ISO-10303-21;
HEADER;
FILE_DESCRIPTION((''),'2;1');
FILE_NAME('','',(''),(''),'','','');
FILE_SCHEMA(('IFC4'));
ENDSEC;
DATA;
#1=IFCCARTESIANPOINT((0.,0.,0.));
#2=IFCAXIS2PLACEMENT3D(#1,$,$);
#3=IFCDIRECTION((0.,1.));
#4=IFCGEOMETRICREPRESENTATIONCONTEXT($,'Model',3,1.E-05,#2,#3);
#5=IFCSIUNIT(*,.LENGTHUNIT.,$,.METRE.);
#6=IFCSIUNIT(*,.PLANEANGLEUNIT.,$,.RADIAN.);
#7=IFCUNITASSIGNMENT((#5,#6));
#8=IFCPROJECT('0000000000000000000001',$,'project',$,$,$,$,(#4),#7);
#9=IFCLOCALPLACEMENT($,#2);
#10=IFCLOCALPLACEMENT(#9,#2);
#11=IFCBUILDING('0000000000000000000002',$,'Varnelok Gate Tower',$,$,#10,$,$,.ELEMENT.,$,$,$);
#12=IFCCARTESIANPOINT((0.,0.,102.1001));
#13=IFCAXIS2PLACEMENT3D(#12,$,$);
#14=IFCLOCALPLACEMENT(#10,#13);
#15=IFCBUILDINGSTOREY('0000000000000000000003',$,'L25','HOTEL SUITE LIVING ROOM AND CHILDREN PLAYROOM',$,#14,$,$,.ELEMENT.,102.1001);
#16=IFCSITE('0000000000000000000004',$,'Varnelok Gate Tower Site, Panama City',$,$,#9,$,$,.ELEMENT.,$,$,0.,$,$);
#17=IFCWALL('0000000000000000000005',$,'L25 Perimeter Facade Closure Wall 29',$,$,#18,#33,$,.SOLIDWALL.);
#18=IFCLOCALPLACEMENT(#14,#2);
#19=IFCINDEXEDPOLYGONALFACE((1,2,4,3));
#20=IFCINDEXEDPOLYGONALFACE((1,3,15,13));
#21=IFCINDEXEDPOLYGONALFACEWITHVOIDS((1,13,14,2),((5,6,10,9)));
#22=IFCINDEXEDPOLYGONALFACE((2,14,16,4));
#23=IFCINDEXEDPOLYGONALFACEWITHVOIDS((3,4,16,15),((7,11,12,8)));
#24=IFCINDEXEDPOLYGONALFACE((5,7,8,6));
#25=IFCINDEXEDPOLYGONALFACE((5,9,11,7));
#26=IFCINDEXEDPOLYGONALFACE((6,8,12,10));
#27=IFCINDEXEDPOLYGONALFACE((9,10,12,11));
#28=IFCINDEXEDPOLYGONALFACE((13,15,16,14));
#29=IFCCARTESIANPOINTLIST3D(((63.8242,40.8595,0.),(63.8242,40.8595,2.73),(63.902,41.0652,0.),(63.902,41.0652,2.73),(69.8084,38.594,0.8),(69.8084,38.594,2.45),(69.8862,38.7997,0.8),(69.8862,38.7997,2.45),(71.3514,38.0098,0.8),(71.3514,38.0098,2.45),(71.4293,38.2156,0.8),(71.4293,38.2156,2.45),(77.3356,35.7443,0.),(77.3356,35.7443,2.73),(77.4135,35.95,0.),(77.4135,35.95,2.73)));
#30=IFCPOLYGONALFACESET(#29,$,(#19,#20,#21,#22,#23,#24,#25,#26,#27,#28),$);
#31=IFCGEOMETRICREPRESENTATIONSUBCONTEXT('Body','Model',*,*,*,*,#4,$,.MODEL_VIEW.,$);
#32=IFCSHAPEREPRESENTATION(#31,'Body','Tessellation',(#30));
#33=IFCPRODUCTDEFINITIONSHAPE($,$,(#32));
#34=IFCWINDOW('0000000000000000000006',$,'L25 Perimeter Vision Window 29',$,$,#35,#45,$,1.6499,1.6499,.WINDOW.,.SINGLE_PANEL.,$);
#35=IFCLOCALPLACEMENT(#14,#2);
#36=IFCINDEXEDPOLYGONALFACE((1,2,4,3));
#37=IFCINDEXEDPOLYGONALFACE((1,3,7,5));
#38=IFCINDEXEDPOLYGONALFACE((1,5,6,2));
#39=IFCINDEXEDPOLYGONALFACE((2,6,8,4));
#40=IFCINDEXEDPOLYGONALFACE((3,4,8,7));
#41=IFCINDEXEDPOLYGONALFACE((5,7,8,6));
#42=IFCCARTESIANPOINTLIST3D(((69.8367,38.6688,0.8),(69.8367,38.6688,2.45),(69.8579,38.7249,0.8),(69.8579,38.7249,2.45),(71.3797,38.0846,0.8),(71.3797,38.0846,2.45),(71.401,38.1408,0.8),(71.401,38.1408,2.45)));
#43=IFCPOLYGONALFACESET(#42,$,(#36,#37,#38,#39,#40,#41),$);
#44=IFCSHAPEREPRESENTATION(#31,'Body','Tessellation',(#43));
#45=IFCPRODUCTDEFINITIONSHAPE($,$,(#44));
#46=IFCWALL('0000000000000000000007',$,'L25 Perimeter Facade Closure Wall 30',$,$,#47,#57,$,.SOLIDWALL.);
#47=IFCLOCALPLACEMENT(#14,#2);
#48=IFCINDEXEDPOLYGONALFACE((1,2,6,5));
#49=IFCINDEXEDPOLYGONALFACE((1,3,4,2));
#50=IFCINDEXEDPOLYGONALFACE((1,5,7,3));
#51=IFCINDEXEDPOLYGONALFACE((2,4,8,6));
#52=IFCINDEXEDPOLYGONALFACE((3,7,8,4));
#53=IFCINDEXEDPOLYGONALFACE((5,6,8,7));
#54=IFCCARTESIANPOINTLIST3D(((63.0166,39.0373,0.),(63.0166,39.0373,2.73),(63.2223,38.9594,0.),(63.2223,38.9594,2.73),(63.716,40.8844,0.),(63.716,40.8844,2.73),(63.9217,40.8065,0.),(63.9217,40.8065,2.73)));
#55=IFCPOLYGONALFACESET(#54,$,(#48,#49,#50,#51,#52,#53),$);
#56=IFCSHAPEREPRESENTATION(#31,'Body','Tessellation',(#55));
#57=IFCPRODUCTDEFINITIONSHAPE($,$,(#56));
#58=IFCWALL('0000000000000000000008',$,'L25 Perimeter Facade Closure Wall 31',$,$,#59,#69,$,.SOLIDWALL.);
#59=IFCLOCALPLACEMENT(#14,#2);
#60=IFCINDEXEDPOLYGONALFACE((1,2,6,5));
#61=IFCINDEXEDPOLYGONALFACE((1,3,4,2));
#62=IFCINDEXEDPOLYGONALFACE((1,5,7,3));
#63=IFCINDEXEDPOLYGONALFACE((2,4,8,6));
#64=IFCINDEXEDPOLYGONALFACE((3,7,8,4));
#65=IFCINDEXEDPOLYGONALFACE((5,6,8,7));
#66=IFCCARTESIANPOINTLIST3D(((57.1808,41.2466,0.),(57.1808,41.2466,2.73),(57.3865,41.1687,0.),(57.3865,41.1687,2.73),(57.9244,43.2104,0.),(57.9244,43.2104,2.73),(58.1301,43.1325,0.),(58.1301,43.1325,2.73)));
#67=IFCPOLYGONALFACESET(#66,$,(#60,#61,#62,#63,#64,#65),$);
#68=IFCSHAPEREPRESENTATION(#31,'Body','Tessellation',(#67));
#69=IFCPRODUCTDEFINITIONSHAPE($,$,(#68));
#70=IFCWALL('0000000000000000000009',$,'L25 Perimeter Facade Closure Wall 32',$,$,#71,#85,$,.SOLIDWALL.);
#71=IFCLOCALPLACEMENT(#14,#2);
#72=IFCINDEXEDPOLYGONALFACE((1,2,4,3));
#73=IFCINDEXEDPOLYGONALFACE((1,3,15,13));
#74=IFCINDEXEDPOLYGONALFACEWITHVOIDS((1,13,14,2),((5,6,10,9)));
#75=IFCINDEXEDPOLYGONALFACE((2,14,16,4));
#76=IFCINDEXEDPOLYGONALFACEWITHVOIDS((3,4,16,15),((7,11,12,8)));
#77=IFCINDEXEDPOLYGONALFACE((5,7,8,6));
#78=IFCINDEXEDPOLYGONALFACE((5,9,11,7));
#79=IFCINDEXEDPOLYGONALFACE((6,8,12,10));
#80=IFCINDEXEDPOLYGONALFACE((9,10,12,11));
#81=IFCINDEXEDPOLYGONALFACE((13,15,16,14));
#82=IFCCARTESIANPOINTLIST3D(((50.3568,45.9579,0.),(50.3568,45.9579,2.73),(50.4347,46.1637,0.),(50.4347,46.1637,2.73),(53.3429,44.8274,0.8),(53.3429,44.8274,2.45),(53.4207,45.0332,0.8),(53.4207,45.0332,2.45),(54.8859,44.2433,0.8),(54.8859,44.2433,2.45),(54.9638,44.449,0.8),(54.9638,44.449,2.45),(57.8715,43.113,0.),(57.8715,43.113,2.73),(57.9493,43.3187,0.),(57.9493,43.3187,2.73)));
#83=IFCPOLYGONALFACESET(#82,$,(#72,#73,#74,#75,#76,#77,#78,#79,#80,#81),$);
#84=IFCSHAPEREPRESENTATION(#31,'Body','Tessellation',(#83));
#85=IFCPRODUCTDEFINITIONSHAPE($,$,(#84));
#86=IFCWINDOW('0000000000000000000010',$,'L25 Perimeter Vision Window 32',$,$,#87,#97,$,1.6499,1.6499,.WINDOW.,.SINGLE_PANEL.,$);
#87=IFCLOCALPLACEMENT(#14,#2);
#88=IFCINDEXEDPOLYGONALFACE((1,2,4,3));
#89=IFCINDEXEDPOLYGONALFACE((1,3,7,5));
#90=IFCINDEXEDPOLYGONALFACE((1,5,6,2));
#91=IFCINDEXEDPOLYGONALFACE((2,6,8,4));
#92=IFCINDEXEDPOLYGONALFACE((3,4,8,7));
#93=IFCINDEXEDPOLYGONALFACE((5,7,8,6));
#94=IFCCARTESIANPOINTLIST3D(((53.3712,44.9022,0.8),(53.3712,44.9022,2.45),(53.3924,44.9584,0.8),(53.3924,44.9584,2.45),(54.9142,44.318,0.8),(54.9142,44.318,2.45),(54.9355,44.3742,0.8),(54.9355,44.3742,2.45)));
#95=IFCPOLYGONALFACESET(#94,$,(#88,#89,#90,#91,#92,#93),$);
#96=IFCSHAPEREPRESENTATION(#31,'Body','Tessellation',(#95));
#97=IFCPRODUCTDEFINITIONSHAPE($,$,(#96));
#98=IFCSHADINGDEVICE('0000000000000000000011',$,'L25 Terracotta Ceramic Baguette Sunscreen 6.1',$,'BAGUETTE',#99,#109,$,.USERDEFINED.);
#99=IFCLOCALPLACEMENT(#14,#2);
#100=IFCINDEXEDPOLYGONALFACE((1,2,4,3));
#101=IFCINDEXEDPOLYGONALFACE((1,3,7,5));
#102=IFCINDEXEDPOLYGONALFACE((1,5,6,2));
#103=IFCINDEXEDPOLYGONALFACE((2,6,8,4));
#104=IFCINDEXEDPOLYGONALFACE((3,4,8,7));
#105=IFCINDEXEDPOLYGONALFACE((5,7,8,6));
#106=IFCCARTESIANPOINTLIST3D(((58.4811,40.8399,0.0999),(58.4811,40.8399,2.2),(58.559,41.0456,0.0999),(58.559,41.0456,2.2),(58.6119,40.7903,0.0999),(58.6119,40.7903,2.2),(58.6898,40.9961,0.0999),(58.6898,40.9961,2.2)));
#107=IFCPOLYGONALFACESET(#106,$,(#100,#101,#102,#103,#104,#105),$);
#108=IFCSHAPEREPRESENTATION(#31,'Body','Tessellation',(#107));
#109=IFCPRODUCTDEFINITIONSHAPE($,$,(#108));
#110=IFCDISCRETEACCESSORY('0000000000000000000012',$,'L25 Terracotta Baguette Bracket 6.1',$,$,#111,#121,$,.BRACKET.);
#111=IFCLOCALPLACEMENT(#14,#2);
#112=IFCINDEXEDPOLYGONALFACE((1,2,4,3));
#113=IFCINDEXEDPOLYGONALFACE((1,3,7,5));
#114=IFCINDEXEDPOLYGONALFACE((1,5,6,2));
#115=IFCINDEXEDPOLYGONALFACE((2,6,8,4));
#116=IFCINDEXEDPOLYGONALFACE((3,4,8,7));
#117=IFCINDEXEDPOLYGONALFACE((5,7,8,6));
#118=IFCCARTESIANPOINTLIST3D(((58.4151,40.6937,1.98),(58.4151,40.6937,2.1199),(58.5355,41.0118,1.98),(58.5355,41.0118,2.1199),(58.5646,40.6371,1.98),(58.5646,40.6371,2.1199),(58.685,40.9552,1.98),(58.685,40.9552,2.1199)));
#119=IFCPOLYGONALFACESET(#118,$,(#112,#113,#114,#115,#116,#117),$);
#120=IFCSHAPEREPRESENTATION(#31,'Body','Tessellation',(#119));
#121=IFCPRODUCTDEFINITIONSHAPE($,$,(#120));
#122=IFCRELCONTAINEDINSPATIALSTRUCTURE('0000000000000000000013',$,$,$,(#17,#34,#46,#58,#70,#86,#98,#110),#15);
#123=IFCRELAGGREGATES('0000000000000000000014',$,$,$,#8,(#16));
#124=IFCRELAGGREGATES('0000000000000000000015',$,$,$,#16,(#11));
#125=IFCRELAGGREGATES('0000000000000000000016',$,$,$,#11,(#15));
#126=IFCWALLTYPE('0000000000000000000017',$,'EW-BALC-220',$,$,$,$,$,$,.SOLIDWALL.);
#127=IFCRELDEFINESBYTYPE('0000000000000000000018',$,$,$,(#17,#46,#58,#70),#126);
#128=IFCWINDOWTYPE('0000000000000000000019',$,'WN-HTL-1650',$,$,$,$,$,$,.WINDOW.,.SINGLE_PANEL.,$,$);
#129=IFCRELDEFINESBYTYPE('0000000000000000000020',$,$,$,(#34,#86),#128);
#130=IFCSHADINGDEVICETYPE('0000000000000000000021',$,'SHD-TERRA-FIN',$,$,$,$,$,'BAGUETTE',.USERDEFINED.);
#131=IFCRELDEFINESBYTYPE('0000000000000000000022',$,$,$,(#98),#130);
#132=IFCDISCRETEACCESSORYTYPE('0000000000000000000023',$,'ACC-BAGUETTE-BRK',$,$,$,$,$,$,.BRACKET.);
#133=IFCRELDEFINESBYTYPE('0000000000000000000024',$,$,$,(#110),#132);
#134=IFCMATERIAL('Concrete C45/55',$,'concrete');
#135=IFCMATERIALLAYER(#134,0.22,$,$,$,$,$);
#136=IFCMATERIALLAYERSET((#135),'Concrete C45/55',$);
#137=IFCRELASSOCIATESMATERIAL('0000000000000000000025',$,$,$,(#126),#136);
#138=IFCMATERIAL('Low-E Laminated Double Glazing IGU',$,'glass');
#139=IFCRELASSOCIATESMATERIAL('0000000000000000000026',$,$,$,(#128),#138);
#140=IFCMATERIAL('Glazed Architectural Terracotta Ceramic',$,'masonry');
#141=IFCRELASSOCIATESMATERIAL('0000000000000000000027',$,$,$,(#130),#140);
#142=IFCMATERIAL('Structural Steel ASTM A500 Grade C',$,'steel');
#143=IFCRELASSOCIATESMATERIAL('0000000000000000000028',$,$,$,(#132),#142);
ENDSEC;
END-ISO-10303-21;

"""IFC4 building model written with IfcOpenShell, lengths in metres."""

from ifc_helpers import new_model, si_unit, direction, frame, frame_2d, origin, origin_2d, place, context, subcontext, project, spatial, rectangle, extrude, source, transform, mapped, material, layer, layer_set, type_object, element, fill, save


model = new_model("IFC4")

# Units and contexts
model_context = context("Model", 3, precision=1e-05, world=origin(), true_north=direction((0.0, 1.0)))
body_context = subcontext(model_context, "Body", "Model", "MODEL_VIEW")
ifc_project = project(units=[si_unit("LENGTHUNIT", "METRE"), si_unit("PLANEANGLEUNIT", "RADIAN")], contexts=[model_context])

# Site, building, storey
site_placement = place(None, origin())
site = spatial("IfcSite", under=ifc_project, at=site_placement, Name="Varnelok Gate Tower Site, Panama City", CompositionType="ELEMENT", RefElevation=0.0)
building_placement = place(site_placement, origin())
building = spatial("IfcBuilding", under=site, at=building_placement, Name="Varnelok Gate Tower", CompositionType="ELEMENT")
storey_placement = place(building_placement, frame((0.0, 0.0, 102.1001)))
storey = spatial("IfcBuildingStorey", under=building, at=storey_placement, Name="L25", Description="HOTEL SUITE LIVING ROOM AND CHILDREN PLAYROOM", CompositionType="ELEMENT", Elevation=102.1001)

# Shared definitions
ifc_material_1 = material(Name="Concrete C45/55", Category="concrete")
ifc_layer_1 = layer(ifc_material_1, 0.22)
ifc_layer_set_1 = layer_set([ifc_layer_1], Name="Concrete C45/55")
wall_type = type_object("IfcWallType", Name="EW-BALC-220", PredefinedType="SOLIDWALL", material=ifc_layer_set_1)

# Wall, opening, window
wall_1_placement = place(storey_placement, frame((77.3745, 35.8472, 0.0), z_axis=(0.0, 0.0, 1.0), x_axis=(-0.935222, 0.354061, 0.0)))
wall_1 = element("IfcWall", 1, at=wall_1_placement, inside=storey, type_object=wall_type, Name="L25 Perimeter Facade Closure Wall 29", PredefinedType="SOLIDWALL", context=body_context, shape_type="SweptSolid", body=[
    extrude(rectangle(XDim=14.4473, YDim=0.22, at=frame_2d((7.2236, 0.0))), origin(), (0.0, 0.0, 1.0), 2.73),
])
opening_1_placement = place(wall_1_placement, frame((6.3987, 0.0, 0.8)))
opening_1 = element("IfcOpeningElement", 2, at=opening_1_placement, cuts=wall_1, PredefinedType="OPENING", context=body_context, shape_type="SweptSolid", body=[
    extrude(rectangle(XDim=1.6499, YDim=1.6499, at=frame_2d((0.825, 0.825))), frame((0.0, 0.1199, 0.0), z_axis=(0.0, -1.0, 0.0), x_axis=(1.0, 0.0, 0.0)), (0.0, 0.0, 1.0), 0.24),
])
ifc_material_2 = material(Name="Low-E Laminated Double Glazing IGU", Category="glass")
window_type = type_object("IfcWindowType", Name="WN-HTL-1650", PartitioningType="SINGLE_PANEL", PredefinedType="WINDOW", material=ifc_material_2)
window_1_placement = place(opening_1_placement, origin())
window_1 = element("IfcWindow", 3, at=window_1_placement, inside=storey, type_object=window_type, Name="L25 Perimeter Vision Window 29", OverallHeight=1.6499, OverallWidth=1.6499, PartitioningType="SINGLE_PANEL", PredefinedType="WINDOW", context=body_context, shape_type="SweptSolid", body=[
    extrude(rectangle(XDim=1.6499, YDim=1.6499, at=frame_2d((0.825, 0.825))), frame((0.0, 0.03, 0.0), z_axis=(0.0, -1.0, 0.0), x_axis=(1.0, 0.0, 0.0)), (0.0, 0.0, 1.0), 0.0601),
])
fill(opening_1, window_1)

# Walls
wall_2_placement = place(storey_placement, frame((63.8188, 40.8455, 0.0), z_axis=(0.0, 0.0, 1.0), x_axis=(-0.354129, -0.935197, 0.0)))
element("IfcWall", 4, at=wall_2_placement, inside=storey, type_object=wall_type, Name="L25 Perimeter Facade Closure Wall 30", PredefinedType="SOLIDWALL", context=body_context, shape_type="SweptSolid", body=[
    extrude(rectangle(XDim=1.9751, YDim=0.22, at=frame_2d((0.9875, 0.0))), origin(), (0.0, 0.0, 1.0), 2.73),
])
wall_3_placement = place(storey_placement, frame((57.2837, 41.2078, 0.0), z_axis=(0.0, 0.0, 1.0), x_axis=(0.354128, 0.935197, 0.0)))
element("IfcWall", 5, at=wall_3_placement, inside=storey, type_object=wall_type, Name="L25 Perimeter Facade Closure Wall 31", PredefinedType="SOLIDWALL", context=body_context, shape_type="SweptSolid", body=[
    extrude(rectangle(XDim=2.0999, YDim=0.22, at=frame_2d((1.0498, 0.0))), origin(), (0.0, 0.0, 1.0), 2.73),
])

# Wall, opening, window
wall_4_placement = place(storey_placement, frame((57.9104, 43.2158, 0.0), z_axis=(0.0, 0.0, 1.0), x_axis=(-0.935221, 0.354065, 0.0)))
wall_4 = element("IfcWall", 6, at=wall_4_placement, inside=storey, type_object=wall_type, Name="L25 Perimeter Facade Closure Wall 32", PredefinedType="SOLIDWALL", context=body_context, shape_type="SweptSolid", body=[
    extrude(rectangle(XDim=8.0352, YDim=0.22, at=frame_2d((4.0176, 0.0))), origin(), (0.0, 0.0, 1.0), 2.73),
])
opening_2_placement = place(wall_4_placement, frame((3.1924, 0.0, 0.8)))
opening_2 = element("IfcOpeningElement", 7, at=opening_2_placement, cuts=wall_4, PredefinedType="OPENING", context=body_context, shape_type="SweptSolid", body=[
    extrude(rectangle(XDim=1.6499, YDim=1.6499, at=frame_2d((0.825, 0.825))), frame((0.0, 0.1199, 0.0), z_axis=(0.0, -1.0, 0.0), x_axis=(1.0, 0.0, 0.0)), (0.0, 0.0, 1.0), 0.24),
])
window_2_placement = place(opening_2_placement, origin())
window_2 = element("IfcWindow", 8, at=window_2_placement, inside=storey, type_object=window_type, Name="L25 Perimeter Vision Window 32", OverallHeight=1.6499, OverallWidth=1.6499, PartitioningType="SINGLE_PANEL", PredefinedType="WINDOW", context=body_context, shape_type="SweptSolid", body=[
    extrude(rectangle(XDim=1.6499, YDim=1.6499, at=frame_2d((0.825, 0.825))), frame((0.0, 0.03, 0.0), z_axis=(0.0, -1.0, 0.0), x_axis=(1.0, 0.0, 0.0)), (0.0, 0.0, 1.0), 0.0601),
])
fill(opening_2, window_2)

# Shading device
ifc_material_3 = material(Name="Glazed Architectural Terracotta Ceramic", Category="masonry")
shading_device_type = type_object("IfcShadingDeviceType", Name="SHD-TERRA-FIN", ElementType="BAGUETTE", PredefinedType="USERDEFINED", material=ifc_material_3)
shared_shape_1 = source(origin(), body_context, "Body", "SweptSolid", [
    extrude(rectangle(XDim=0.1399, YDim=0.22, at=origin_2d()), origin(), (0.0, 0.0, 1.0), 2.1001),
])
shading_device_placement = place(storey_placement, frame((58.5854, 40.918, 0.0999), z_axis=(0.0, 0.0, 1.0), x_axis=(0.935222, -0.354063, 0.0)))
element("IfcShadingDevice", 9, at=shading_device_placement, inside=storey, type_object=shading_device_type, Name="L25 Terracotta Ceramic Baguette Sunscreen 6.1", ObjectType="BAGUETTE", PredefinedType="USERDEFINED", context=body_context, shape_type="MappedRepresentation", body=[
    mapped(shared_shape_1, transform((0.0, 0.0, 0.0), scale=1.0)),
])

# Discrete accessory
ifc_material_4 = material(Name="Structural Steel ASTM A500 Grade C", Category="steel")
discrete_accessory_type = type_object("IfcDiscreteAccessoryType", Name="ACC-BAGUETTE-BRK", PredefinedType="BRACKET", material=ifc_material_4)
shared_shape_2 = source(origin(), body_context, "Body", "SweptSolid", [
    extrude(rectangle(XDim=0.1599, YDim=0.3401, at=origin_2d()), origin(), (0.0, 0.0, 1.0), 0.1399),
])
discrete_accessory_placement = place(storey_placement, frame((58.55, 40.8245, 1.98), z_axis=(0.0, 0.0, 1.0), x_axis=(0.935222, -0.354063, 0.0)))
element("IfcDiscreteAccessory", 10, at=discrete_accessory_placement, inside=storey, type_object=discrete_accessory_type, Name="L25 Terracotta Baguette Bracket 6.1", PredefinedType="BRACKET", context=body_context, shape_type="MappedRepresentation", body=[
    mapped(shared_shape_2, transform((0.0, 0.0, 0.0), scale=1.0)),
])

save(model, "model.ifc")
